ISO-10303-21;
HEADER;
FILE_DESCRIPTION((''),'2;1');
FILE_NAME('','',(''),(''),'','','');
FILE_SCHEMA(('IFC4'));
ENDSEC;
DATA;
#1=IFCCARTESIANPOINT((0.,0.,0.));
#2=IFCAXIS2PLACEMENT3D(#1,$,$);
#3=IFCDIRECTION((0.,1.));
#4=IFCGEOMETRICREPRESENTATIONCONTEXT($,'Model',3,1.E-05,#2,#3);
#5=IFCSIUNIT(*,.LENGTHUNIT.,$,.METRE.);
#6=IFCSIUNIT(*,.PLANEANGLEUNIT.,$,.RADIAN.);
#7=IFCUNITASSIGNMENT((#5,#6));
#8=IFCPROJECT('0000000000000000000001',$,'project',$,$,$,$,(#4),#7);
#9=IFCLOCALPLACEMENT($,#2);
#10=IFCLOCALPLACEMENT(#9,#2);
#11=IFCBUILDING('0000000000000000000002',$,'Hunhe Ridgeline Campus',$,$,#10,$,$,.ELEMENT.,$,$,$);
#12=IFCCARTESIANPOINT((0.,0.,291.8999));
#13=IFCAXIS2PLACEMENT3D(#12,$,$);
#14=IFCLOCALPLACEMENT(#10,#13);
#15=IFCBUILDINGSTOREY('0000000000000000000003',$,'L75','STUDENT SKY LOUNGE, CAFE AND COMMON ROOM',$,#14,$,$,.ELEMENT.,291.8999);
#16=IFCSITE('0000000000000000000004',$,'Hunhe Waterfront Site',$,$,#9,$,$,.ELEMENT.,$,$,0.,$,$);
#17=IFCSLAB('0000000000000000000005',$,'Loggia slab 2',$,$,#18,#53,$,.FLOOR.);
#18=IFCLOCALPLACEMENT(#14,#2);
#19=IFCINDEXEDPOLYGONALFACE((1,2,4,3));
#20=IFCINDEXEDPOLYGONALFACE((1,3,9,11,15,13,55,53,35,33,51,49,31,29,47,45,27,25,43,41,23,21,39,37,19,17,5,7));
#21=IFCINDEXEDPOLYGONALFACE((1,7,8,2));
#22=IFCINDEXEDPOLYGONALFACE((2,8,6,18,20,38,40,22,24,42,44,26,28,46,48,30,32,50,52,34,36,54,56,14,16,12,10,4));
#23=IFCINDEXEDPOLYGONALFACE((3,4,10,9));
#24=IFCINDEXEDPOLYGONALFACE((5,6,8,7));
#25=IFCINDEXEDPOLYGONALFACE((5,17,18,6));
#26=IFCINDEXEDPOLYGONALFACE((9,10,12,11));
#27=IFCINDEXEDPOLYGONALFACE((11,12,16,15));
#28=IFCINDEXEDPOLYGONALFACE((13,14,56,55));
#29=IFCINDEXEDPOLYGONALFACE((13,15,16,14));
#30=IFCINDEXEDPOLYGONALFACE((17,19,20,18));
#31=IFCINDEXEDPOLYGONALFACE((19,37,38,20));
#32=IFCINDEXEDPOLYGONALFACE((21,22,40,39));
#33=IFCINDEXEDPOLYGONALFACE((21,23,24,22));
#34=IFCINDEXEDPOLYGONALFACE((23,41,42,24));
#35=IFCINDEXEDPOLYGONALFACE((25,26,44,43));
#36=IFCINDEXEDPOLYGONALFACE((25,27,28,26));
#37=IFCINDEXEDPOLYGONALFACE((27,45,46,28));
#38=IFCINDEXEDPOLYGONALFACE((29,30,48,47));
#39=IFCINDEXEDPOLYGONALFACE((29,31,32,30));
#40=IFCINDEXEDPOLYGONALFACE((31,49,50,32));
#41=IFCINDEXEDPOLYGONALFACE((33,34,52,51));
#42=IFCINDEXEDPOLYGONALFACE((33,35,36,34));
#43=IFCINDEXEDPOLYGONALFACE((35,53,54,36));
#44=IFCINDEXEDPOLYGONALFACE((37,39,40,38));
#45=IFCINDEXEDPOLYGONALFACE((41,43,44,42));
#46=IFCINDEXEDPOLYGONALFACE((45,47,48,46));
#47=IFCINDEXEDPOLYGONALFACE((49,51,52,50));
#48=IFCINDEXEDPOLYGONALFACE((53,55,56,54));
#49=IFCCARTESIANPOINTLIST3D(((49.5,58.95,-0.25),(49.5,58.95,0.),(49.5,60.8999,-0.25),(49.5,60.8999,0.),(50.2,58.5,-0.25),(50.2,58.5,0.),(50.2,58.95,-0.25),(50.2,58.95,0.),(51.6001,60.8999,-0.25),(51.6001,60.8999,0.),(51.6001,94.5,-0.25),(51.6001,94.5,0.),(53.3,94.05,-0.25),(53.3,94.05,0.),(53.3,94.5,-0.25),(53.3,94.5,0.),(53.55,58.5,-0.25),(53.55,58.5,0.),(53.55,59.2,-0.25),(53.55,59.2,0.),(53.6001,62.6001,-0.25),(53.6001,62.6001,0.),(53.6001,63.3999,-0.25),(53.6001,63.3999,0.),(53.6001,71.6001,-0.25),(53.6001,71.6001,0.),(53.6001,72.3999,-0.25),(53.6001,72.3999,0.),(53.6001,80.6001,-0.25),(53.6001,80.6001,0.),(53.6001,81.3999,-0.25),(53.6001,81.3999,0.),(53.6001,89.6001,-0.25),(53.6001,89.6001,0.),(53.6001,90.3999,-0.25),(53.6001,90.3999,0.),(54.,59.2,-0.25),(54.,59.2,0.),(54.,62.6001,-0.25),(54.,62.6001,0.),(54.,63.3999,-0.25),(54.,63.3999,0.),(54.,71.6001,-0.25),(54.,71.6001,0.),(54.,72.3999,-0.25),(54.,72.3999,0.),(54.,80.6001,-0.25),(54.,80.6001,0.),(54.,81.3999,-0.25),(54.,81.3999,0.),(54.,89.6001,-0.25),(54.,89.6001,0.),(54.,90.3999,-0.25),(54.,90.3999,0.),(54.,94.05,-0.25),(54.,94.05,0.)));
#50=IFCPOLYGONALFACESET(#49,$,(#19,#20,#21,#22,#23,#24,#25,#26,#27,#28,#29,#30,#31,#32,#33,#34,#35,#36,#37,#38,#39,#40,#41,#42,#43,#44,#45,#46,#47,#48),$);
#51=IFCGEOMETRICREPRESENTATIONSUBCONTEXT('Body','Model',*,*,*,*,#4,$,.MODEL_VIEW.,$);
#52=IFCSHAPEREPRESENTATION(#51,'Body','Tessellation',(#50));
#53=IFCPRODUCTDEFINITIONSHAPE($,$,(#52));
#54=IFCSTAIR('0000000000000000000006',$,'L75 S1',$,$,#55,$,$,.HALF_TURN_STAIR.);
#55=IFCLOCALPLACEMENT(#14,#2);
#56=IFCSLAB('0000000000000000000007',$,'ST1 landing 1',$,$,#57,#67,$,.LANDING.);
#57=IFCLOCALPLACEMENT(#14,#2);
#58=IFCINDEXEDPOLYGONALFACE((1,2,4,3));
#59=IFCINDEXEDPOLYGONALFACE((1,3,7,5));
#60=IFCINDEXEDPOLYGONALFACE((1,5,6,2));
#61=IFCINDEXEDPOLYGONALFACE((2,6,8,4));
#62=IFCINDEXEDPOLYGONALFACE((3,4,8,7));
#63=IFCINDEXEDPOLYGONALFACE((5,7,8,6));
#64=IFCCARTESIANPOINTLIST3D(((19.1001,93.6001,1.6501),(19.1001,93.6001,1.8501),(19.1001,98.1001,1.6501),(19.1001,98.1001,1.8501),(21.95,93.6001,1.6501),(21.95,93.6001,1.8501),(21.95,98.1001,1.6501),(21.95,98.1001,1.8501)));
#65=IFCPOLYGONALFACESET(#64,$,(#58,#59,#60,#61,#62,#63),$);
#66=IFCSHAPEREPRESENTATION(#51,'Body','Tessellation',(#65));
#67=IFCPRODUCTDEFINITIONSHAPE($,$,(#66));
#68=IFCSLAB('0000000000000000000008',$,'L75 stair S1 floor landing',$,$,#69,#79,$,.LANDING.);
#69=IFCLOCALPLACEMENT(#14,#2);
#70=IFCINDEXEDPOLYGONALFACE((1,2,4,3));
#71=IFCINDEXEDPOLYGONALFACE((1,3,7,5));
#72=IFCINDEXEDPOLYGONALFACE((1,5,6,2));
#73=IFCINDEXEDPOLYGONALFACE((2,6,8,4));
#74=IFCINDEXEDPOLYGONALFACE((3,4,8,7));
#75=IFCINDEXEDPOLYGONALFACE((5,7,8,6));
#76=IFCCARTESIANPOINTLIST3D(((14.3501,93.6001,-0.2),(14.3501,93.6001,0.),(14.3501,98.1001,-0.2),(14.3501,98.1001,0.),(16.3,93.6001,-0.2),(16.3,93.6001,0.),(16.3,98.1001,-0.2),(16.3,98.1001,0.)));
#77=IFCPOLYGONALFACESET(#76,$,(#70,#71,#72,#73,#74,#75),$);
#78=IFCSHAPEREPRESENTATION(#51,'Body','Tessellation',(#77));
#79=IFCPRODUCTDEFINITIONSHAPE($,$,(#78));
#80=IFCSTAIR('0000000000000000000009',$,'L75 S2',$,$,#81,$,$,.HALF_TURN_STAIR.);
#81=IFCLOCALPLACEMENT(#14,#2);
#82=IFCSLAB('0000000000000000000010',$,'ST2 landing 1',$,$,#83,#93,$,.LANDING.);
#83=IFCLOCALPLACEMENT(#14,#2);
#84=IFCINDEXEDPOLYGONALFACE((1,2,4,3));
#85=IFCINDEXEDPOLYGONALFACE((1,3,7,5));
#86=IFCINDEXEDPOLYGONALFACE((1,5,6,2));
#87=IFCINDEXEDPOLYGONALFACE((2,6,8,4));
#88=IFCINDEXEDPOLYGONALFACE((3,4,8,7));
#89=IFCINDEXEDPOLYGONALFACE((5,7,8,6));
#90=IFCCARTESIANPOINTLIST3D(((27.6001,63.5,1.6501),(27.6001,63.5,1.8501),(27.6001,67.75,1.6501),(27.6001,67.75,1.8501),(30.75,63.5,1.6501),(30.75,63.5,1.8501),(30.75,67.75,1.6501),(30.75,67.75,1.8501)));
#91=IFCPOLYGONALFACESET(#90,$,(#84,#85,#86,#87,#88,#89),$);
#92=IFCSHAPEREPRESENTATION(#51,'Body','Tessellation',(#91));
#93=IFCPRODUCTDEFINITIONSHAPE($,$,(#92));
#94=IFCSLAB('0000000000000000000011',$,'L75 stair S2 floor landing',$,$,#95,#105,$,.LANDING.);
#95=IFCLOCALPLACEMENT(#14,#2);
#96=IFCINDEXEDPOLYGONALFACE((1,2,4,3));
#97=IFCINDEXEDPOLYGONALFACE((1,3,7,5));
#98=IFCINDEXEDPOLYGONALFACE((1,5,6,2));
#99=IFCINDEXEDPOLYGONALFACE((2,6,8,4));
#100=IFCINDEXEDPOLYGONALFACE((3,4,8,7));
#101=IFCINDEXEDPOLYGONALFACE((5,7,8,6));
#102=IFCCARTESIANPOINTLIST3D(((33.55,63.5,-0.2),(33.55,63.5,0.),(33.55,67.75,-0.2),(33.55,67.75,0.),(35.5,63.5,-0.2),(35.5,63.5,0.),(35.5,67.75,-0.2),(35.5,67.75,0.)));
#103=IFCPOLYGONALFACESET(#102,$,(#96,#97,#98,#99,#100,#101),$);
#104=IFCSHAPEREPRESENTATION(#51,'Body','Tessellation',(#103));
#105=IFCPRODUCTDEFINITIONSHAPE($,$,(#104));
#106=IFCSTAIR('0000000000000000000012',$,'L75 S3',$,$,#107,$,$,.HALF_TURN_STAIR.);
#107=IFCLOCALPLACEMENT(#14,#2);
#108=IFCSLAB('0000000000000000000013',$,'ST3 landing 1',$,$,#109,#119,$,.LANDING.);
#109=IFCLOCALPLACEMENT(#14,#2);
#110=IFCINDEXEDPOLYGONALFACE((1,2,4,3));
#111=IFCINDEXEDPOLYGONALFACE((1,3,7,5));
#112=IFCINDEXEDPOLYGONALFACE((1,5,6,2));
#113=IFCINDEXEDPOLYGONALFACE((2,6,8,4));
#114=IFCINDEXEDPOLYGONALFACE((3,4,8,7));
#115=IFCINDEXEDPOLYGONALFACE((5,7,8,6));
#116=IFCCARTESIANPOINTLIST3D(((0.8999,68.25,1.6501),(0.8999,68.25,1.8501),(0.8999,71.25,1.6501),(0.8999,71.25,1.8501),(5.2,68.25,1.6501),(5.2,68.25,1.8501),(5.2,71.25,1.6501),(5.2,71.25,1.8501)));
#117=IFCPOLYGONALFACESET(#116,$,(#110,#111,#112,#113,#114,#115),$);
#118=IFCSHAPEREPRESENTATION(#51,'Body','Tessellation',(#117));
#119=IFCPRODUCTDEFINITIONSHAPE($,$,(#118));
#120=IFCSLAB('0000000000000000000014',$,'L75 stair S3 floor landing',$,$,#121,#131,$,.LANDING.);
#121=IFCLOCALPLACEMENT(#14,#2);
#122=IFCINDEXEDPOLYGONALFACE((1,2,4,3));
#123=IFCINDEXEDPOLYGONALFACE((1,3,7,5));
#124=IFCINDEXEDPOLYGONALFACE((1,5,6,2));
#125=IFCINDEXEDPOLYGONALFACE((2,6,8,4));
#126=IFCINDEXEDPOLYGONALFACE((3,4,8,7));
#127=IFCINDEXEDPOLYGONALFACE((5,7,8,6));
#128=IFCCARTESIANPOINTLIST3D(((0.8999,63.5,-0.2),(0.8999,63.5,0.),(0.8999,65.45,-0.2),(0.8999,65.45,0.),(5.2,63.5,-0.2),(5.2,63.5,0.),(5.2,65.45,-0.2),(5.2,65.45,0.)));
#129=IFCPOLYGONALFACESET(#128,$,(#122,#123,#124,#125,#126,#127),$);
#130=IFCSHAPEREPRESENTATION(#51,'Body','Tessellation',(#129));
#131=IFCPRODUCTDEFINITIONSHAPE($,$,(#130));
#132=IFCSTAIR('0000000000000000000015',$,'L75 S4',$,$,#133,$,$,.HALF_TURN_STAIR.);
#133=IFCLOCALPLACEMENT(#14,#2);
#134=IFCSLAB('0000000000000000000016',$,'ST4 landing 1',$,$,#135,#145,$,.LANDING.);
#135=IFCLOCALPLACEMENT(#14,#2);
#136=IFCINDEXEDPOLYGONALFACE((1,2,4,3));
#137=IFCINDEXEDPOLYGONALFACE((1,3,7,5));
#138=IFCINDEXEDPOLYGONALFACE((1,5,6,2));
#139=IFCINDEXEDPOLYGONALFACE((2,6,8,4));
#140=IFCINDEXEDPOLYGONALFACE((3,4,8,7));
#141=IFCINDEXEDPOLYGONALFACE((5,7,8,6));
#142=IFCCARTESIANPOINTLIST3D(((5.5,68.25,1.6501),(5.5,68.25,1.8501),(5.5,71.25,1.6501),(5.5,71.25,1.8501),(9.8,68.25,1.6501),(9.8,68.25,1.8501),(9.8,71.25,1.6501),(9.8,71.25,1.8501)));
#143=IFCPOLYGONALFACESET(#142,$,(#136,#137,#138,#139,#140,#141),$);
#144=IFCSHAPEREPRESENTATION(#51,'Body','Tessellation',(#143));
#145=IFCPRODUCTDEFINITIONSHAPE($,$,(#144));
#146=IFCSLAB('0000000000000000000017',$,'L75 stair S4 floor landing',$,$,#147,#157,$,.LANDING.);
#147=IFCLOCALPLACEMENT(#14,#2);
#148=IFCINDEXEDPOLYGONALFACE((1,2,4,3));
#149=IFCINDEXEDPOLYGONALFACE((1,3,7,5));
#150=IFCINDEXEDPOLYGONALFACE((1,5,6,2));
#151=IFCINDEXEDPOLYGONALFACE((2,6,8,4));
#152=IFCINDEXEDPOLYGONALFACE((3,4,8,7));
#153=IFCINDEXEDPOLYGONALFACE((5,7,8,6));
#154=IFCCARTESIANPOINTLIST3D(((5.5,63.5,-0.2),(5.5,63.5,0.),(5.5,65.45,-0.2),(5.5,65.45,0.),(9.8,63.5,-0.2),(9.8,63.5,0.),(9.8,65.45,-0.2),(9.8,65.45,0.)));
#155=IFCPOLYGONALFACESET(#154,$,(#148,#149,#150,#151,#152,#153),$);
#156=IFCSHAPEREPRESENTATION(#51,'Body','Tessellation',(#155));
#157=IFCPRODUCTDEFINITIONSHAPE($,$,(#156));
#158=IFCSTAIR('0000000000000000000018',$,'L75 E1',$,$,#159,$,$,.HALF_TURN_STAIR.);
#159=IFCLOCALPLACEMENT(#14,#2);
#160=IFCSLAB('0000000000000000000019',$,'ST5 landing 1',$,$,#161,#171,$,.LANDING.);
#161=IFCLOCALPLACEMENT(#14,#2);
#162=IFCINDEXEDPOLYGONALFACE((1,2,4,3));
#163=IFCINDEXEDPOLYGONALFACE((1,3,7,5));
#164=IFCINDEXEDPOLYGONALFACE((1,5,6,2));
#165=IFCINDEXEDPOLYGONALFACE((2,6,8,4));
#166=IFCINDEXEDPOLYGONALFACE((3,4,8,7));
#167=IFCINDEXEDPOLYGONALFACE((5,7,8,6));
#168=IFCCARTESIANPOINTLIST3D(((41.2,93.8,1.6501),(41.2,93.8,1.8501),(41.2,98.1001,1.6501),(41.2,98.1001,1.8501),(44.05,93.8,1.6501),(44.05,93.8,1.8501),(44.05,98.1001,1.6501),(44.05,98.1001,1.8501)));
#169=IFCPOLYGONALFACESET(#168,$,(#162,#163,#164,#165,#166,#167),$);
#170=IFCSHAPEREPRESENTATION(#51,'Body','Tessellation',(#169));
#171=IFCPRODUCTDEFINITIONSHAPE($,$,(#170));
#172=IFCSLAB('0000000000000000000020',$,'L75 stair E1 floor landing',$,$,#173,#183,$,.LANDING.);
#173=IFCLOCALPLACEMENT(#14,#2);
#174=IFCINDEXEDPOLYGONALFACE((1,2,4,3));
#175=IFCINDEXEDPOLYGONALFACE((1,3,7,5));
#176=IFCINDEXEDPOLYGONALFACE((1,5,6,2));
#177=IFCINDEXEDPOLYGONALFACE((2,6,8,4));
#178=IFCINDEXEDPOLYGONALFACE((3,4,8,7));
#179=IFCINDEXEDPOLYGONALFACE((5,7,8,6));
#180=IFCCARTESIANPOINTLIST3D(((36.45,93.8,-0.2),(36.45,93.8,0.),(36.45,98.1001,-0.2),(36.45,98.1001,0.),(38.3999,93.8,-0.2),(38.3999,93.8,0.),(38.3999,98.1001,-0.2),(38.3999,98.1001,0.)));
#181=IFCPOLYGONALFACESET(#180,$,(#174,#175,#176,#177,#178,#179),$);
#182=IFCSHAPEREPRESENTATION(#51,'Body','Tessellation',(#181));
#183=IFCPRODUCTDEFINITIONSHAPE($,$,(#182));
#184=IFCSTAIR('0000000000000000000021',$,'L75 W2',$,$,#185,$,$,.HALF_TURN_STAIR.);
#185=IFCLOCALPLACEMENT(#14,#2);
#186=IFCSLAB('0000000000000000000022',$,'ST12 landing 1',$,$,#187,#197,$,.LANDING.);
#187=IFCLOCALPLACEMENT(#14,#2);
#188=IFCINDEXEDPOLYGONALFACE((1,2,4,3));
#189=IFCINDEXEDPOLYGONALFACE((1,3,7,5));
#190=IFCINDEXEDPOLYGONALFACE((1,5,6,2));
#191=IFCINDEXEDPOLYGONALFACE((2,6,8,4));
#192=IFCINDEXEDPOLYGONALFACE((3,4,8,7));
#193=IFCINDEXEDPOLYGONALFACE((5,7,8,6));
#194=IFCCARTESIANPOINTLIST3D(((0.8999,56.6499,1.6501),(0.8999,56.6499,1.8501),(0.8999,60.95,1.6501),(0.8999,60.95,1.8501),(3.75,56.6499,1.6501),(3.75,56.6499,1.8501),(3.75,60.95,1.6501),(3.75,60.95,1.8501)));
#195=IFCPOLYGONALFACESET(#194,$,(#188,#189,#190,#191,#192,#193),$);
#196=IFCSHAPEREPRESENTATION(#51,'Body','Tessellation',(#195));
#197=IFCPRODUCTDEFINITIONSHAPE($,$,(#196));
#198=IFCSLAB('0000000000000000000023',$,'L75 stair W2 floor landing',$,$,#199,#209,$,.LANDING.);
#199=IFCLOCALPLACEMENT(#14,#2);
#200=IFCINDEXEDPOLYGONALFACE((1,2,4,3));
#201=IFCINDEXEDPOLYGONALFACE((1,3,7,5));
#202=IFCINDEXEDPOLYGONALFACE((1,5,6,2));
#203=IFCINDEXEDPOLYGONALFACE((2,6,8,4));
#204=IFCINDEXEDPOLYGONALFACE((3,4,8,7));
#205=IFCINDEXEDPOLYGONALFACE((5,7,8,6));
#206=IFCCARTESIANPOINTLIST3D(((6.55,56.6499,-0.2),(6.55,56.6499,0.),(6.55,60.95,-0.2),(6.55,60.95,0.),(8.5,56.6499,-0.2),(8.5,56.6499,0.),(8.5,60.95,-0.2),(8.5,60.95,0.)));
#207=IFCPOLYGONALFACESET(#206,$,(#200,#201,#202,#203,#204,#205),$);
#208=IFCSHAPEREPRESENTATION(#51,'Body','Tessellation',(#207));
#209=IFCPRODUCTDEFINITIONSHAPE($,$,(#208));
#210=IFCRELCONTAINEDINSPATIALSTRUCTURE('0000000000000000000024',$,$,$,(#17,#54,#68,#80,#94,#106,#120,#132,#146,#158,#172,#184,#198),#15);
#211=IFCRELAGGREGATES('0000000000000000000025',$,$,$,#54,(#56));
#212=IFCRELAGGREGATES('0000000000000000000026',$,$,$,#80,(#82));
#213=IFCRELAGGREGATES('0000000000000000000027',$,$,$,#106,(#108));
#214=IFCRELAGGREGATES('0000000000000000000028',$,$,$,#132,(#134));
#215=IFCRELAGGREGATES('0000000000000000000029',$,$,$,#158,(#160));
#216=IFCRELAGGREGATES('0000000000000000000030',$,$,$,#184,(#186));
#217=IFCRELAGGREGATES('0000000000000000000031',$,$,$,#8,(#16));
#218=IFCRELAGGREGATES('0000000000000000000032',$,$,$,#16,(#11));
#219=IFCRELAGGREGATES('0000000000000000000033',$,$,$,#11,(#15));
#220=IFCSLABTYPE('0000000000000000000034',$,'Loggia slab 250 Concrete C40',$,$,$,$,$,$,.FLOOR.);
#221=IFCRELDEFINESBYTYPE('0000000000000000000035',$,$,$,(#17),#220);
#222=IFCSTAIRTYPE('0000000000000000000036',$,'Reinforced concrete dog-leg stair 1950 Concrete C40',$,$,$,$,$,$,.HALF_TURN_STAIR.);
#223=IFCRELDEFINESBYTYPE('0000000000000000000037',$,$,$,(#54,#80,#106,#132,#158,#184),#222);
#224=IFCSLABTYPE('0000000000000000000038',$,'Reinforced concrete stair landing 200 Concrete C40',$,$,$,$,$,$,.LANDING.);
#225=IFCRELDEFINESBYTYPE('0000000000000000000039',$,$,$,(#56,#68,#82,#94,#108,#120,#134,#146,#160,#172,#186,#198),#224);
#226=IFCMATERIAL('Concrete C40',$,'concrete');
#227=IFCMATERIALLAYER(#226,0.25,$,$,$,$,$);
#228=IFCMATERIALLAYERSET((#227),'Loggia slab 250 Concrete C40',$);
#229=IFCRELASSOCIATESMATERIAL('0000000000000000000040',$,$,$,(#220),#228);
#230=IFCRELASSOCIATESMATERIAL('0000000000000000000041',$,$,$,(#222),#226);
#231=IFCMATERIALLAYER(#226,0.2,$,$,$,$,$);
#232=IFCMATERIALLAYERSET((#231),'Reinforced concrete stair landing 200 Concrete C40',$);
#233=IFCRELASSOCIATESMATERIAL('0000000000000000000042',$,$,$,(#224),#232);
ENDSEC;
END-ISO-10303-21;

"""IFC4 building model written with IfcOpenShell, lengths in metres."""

from ifc_helpers import new_model, si_unit, direction, frame, origin, place, context, subcontext, project, spatial, polyline, outline, extrude, material, layer, layer_set, type_object, element, aggregate, save


model = new_model("IFC4")

# Units and contexts
model_context = context("Model", 3, precision=1e-05, world=origin(), true_north=direction((0.0, 1.0)))
body_context = subcontext(model_context, "Body", "Model", "MODEL_VIEW")
ifc_project = project(units=[si_unit("LENGTHUNIT", "METRE"), si_unit("PLANEANGLEUNIT", "RADIAN")], contexts=[model_context])

# Site, building, storey
site_placement = place(None, origin())
site = spatial("IfcSite", under=ifc_project, at=site_placement, Name="Hunhe Waterfront Site", CompositionType="ELEMENT", RefElevation=0.0)
building_placement = place(site_placement, origin())
building = spatial("IfcBuilding", under=site, at=building_placement, Name="Hunhe Ridgeline Campus", CompositionType="ELEMENT")
storey_placement = place(building_placement, frame((0.0, 0.0, 291.8999)))
storey = spatial("IfcBuildingStorey", under=building, at=storey_placement, Name="L75", Description="STUDENT SKY LOUNGE, CAFE AND COMMON ROOM", CompositionType="ELEMENT", Elevation=291.8999)

# Slab
ifc_material_1 = material(Name="Concrete C40", Category="concrete")
ifc_layer_1 = layer(ifc_material_1, 0.25)
ifc_layer_set_1 = layer_set([ifc_layer_1], Name="Loggia slab 250 Concrete C40")
slab_type_1 = type_object("IfcSlabType", Name="Loggia slab 250 Concrete C40", PredefinedType="FLOOR", material=ifc_layer_set_1)
slab_1_placement = place(storey_placement, frame((0.0, 0.0, -0.25)))
element("IfcSlab", 1, at=slab_1_placement, inside=storey, type_object=slab_type_1, Name="Loggia slab 2", PredefinedType="FLOOR", context=body_context, shape_type="SweptSolid", body=[
    extrude(outline(polyline([(49.5, 58.95), (50.2, 58.95), (50.2, 58.5), (53.55, 58.5), (53.55, 59.2), (54.0, 59.2), (54.0, 62.6001), (53.6001, 62.6001), (53.6001, 63.3999), (54.0, 63.3999), (54.0, 71.6001), (53.6001, 71.6001), (53.6001, 72.3999), (54.0, 72.3999), (54.0, 80.6001), (53.6001, 80.6001), (53.6001, 81.3999), (54.0, 81.3999), (54.0, 89.6001), (53.6001, 89.6001), (53.6001, 90.3999), (54.0, 90.3999), (54.0, 94.05), (53.3, 94.05), (53.3, 94.5), (51.6001, 94.5), (51.6001, 60.8999), (49.5, 60.8999), (49.5, 58.95)])), origin(), (0.0, 0.0, 1.0), 0.25),
])

# Stair, slab
stair_type = type_object("IfcStairType", Name="Reinforced concrete dog-leg stair 1950 Concrete C40", PredefinedType="HALF_TURN_STAIR", material=ifc_material_1)
stair_1_placement = place(storey_placement, origin())
stair_1 = element("IfcStair", 2, at=stair_1_placement, inside=storey, type_object=stair_type, Name="L75 S1", PredefinedType="HALF_TURN_STAIR")
ifc_layer_2 = layer(ifc_material_1, 0.2)
ifc_layer_set_2 = layer_set([ifc_layer_2], Name="Reinforced concrete stair landing 200 Concrete C40")
slab_type_2 = type_object("IfcSlabType", Name="Reinforced concrete stair landing 200 Concrete C40", PredefinedType="LANDING", material=ifc_layer_set_2)
slab_2_placement = place(storey_placement, frame((0.0, 0.0, 1.6501)))
slab_2 = element("IfcSlab", 3, at=slab_2_placement, type_object=slab_type_2, Name="ST1 landing 1", PredefinedType="LANDING", context=body_context, shape_type="SweptSolid", body=[
    extrude(outline(polyline([(19.1001, 93.6001), (21.95, 93.6001), (21.95, 98.1001), (19.1001, 98.1001), (19.1001, 93.6001)])), origin(), (0.0, 0.0, 1.0), 0.2),
])
aggregate(stair_1, [slab_2])

# Slab
slab_3_placement = place(storey_placement, frame((0.0, 0.0, -0.2)))
element("IfcSlab", 4, at=slab_3_placement, inside=storey, type_object=slab_type_2, Name="L75 stair S1 floor landing", PredefinedType="LANDING", context=body_context, shape_type="SweptSolid", body=[
    extrude(outline(polyline([(14.3501, 93.6001), (16.3, 93.6001), (16.3, 98.1001), (14.3501, 98.1001), (14.3501, 93.6001)])), origin(), (0.0, 0.0, 1.0), 0.2),
])

# Stair, slab
stair_2_placement = place(storey_placement, origin())
stair_2 = element("IfcStair", 5, at=stair_2_placement, inside=storey, type_object=stair_type, Name="L75 S2", PredefinedType="HALF_TURN_STAIR")
slab_4_placement = place(storey_placement, frame((0.0, 0.0, 1.6501)))
slab_4 = element("IfcSlab", 6, at=slab_4_placement, type_object=slab_type_2, Name="ST2 landing 1", PredefinedType="LANDING", context=body_context, shape_type="SweptSolid", body=[
    extrude(outline(polyline([(30.75, 67.75), (27.6001, 67.75), (27.6001, 63.5), (30.75, 63.5), (30.75, 67.75)])), origin(), (0.0, 0.0, 1.0), 0.2),
])
aggregate(stair_2, [slab_4])

# Slab
slab_5_placement = place(storey_placement, frame((0.0, 0.0, -0.2)))
element("IfcSlab", 7, at=slab_5_placement, inside=storey, type_object=slab_type_2, Name="L75 stair S2 floor landing", PredefinedType="LANDING", context=body_context, shape_type="SweptSolid", body=[
    extrude(outline(polyline([(35.5, 67.75), (33.55, 67.75), (33.55, 63.5), (35.5, 63.5), (35.5, 67.75)])), origin(), (0.0, 0.0, 1.0), 0.2),
])

# Stair, slab
stair_3_placement = place(storey_placement, origin())
stair_3 = element("IfcStair", 8, at=stair_3_placement, inside=storey, type_object=stair_type, Name="L75 S3", PredefinedType="HALF_TURN_STAIR")
slab_6_placement = place(storey_placement, frame((0.0, 0.0, 1.6501)))
slab_6 = element("IfcSlab", 9, at=slab_6_placement, type_object=slab_type_2, Name="ST3 landing 1", PredefinedType="LANDING", context=body_context, shape_type="SweptSolid", body=[
    extrude(outline(polyline([(5.2, 68.25), (5.2, 71.25), (0.8999, 71.25), (0.8999, 68.25), (5.2, 68.25)])), origin(), (0.0, 0.0, 1.0), 0.2),
])
aggregate(stair_3, [slab_6])

# Slab
slab_7_placement = place(storey_placement, frame((0.0, 0.0, -0.2)))
element("IfcSlab", 10, at=slab_7_placement, inside=storey, type_object=slab_type_2, Name="L75 stair S3 floor landing", PredefinedType="LANDING", context=body_context, shape_type="SweptSolid", body=[
    extrude(outline(polyline([(5.2, 63.5), (5.2, 65.45), (0.8999, 65.45), (0.8999, 63.5), (5.2, 63.5)])), origin(), (0.0, 0.0, 1.0), 0.2),
])

# Stair, slab
stair_4_placement = place(storey_placement, origin())
stair_4 = element("IfcStair", 11, at=stair_4_placement, inside=storey, type_object=stair_type, Name="L75 S4", PredefinedType="HALF_TURN_STAIR")
slab_8_placement = place(storey_placement, frame((0.0, 0.0, 1.6501)))
slab_8 = element("IfcSlab", 12, at=slab_8_placement, type_object=slab_type_2, Name="ST4 landing 1", PredefinedType="LANDING", context=body_context, shape_type="SweptSolid", body=[
    extrude(outline(polyline([(9.8, 68.25), (9.8, 71.25), (5.5, 71.25), (5.5, 68.25), (9.8, 68.25)])), origin(), (0.0, 0.0, 1.0), 0.2),
])
aggregate(stair_4, [slab_8])

# Slab
slab_9_placement = place(storey_placement, frame((0.0, 0.0, -0.2)))
element("IfcSlab", 13, at=slab_9_placement, inside=storey, type_object=slab_type_2, Name="L75 stair S4 floor landing", PredefinedType="LANDING", context=body_context, shape_type="SweptSolid", body=[
    extrude(outline(polyline([(9.8, 63.5), (9.8, 65.45), (5.5, 65.45), (5.5, 63.5), (9.8, 63.5)])), origin(), (0.0, 0.0, 1.0), 0.2),
])

# Stair, slab
stair_5_placement = place(storey_placement, origin())
stair_5 = element("IfcStair", 14, at=stair_5_placement, inside=storey, type_object=stair_type, Name="L75 E1", PredefinedType="HALF_TURN_STAIR")
slab_10_placement = place(storey_placement, frame((0.0, 0.0, 1.6501)))
slab_10 = element("IfcSlab", 15, at=slab_10_placement, type_object=slab_type_2, Name="ST5 landing 1", PredefinedType="LANDING", context=body_context, shape_type="SweptSolid", body=[
    extrude(outline(polyline([(41.2, 93.8), (44.05, 93.8), (44.05, 98.1001), (41.2, 98.1001), (41.2, 93.8)])), origin(), (0.0, 0.0, 1.0), 0.2),
])
aggregate(stair_5, [slab_10])

# Slab
slab_11_placement = place(storey_placement, frame((0.0, 0.0, -0.2)))
element("IfcSlab", 16, at=slab_11_placement, inside=storey, type_object=slab_type_2, Name="L75 stair E1 floor landing", PredefinedType="LANDING", context=body_context, shape_type="SweptSolid", body=[
    extrude(outline(polyline([(36.45, 93.8), (38.3999, 93.8), (38.3999, 98.1001), (36.45, 98.1001), (36.45, 93.8)])), origin(), (0.0, 0.0, 1.0), 0.2),
])

# Stair, slab
stair_6_placement = place(storey_placement, origin())
stair_6 = element("IfcStair", 17, at=stair_6_placement, inside=storey, type_object=stair_type, Name="L75 W2", PredefinedType="HALF_TURN_STAIR")
slab_12_placement = place(storey_placement, frame((0.0, 0.0, 1.6501)))
slab_12 = element("IfcSlab", 18, at=slab_12_placement, type_object=slab_type_2, Name="ST12 landing 1", PredefinedType="LANDING", context=body_context, shape_type="SweptSolid", body=[
    extrude(outline(polyline([(3.75, 60.95), (0.8999, 60.95), (0.8999, 56.6499), (3.75, 56.6499), (3.75, 60.95)])), origin(), (0.0, 0.0, 1.0), 0.2),
])
aggregate(stair_6, [slab_12])

# Slab
slab_13_placement = place(storey_placement, frame((0.0, 0.0, -0.2)))
element("IfcSlab", 19, at=slab_13_placement, inside=storey, type_object=slab_type_2, Name="L75 stair W2 floor landing", PredefinedType="LANDING", context=body_context, shape_type="SweptSolid", body=[
    extrude(outline(polyline([(8.5, 60.95), (6.55, 60.95), (6.55, 56.6499), (8.5, 56.6499), (8.5, 60.95)])), origin(), (0.0, 0.0, 1.0), 0.2),
])

save(model, "model.ifc")
